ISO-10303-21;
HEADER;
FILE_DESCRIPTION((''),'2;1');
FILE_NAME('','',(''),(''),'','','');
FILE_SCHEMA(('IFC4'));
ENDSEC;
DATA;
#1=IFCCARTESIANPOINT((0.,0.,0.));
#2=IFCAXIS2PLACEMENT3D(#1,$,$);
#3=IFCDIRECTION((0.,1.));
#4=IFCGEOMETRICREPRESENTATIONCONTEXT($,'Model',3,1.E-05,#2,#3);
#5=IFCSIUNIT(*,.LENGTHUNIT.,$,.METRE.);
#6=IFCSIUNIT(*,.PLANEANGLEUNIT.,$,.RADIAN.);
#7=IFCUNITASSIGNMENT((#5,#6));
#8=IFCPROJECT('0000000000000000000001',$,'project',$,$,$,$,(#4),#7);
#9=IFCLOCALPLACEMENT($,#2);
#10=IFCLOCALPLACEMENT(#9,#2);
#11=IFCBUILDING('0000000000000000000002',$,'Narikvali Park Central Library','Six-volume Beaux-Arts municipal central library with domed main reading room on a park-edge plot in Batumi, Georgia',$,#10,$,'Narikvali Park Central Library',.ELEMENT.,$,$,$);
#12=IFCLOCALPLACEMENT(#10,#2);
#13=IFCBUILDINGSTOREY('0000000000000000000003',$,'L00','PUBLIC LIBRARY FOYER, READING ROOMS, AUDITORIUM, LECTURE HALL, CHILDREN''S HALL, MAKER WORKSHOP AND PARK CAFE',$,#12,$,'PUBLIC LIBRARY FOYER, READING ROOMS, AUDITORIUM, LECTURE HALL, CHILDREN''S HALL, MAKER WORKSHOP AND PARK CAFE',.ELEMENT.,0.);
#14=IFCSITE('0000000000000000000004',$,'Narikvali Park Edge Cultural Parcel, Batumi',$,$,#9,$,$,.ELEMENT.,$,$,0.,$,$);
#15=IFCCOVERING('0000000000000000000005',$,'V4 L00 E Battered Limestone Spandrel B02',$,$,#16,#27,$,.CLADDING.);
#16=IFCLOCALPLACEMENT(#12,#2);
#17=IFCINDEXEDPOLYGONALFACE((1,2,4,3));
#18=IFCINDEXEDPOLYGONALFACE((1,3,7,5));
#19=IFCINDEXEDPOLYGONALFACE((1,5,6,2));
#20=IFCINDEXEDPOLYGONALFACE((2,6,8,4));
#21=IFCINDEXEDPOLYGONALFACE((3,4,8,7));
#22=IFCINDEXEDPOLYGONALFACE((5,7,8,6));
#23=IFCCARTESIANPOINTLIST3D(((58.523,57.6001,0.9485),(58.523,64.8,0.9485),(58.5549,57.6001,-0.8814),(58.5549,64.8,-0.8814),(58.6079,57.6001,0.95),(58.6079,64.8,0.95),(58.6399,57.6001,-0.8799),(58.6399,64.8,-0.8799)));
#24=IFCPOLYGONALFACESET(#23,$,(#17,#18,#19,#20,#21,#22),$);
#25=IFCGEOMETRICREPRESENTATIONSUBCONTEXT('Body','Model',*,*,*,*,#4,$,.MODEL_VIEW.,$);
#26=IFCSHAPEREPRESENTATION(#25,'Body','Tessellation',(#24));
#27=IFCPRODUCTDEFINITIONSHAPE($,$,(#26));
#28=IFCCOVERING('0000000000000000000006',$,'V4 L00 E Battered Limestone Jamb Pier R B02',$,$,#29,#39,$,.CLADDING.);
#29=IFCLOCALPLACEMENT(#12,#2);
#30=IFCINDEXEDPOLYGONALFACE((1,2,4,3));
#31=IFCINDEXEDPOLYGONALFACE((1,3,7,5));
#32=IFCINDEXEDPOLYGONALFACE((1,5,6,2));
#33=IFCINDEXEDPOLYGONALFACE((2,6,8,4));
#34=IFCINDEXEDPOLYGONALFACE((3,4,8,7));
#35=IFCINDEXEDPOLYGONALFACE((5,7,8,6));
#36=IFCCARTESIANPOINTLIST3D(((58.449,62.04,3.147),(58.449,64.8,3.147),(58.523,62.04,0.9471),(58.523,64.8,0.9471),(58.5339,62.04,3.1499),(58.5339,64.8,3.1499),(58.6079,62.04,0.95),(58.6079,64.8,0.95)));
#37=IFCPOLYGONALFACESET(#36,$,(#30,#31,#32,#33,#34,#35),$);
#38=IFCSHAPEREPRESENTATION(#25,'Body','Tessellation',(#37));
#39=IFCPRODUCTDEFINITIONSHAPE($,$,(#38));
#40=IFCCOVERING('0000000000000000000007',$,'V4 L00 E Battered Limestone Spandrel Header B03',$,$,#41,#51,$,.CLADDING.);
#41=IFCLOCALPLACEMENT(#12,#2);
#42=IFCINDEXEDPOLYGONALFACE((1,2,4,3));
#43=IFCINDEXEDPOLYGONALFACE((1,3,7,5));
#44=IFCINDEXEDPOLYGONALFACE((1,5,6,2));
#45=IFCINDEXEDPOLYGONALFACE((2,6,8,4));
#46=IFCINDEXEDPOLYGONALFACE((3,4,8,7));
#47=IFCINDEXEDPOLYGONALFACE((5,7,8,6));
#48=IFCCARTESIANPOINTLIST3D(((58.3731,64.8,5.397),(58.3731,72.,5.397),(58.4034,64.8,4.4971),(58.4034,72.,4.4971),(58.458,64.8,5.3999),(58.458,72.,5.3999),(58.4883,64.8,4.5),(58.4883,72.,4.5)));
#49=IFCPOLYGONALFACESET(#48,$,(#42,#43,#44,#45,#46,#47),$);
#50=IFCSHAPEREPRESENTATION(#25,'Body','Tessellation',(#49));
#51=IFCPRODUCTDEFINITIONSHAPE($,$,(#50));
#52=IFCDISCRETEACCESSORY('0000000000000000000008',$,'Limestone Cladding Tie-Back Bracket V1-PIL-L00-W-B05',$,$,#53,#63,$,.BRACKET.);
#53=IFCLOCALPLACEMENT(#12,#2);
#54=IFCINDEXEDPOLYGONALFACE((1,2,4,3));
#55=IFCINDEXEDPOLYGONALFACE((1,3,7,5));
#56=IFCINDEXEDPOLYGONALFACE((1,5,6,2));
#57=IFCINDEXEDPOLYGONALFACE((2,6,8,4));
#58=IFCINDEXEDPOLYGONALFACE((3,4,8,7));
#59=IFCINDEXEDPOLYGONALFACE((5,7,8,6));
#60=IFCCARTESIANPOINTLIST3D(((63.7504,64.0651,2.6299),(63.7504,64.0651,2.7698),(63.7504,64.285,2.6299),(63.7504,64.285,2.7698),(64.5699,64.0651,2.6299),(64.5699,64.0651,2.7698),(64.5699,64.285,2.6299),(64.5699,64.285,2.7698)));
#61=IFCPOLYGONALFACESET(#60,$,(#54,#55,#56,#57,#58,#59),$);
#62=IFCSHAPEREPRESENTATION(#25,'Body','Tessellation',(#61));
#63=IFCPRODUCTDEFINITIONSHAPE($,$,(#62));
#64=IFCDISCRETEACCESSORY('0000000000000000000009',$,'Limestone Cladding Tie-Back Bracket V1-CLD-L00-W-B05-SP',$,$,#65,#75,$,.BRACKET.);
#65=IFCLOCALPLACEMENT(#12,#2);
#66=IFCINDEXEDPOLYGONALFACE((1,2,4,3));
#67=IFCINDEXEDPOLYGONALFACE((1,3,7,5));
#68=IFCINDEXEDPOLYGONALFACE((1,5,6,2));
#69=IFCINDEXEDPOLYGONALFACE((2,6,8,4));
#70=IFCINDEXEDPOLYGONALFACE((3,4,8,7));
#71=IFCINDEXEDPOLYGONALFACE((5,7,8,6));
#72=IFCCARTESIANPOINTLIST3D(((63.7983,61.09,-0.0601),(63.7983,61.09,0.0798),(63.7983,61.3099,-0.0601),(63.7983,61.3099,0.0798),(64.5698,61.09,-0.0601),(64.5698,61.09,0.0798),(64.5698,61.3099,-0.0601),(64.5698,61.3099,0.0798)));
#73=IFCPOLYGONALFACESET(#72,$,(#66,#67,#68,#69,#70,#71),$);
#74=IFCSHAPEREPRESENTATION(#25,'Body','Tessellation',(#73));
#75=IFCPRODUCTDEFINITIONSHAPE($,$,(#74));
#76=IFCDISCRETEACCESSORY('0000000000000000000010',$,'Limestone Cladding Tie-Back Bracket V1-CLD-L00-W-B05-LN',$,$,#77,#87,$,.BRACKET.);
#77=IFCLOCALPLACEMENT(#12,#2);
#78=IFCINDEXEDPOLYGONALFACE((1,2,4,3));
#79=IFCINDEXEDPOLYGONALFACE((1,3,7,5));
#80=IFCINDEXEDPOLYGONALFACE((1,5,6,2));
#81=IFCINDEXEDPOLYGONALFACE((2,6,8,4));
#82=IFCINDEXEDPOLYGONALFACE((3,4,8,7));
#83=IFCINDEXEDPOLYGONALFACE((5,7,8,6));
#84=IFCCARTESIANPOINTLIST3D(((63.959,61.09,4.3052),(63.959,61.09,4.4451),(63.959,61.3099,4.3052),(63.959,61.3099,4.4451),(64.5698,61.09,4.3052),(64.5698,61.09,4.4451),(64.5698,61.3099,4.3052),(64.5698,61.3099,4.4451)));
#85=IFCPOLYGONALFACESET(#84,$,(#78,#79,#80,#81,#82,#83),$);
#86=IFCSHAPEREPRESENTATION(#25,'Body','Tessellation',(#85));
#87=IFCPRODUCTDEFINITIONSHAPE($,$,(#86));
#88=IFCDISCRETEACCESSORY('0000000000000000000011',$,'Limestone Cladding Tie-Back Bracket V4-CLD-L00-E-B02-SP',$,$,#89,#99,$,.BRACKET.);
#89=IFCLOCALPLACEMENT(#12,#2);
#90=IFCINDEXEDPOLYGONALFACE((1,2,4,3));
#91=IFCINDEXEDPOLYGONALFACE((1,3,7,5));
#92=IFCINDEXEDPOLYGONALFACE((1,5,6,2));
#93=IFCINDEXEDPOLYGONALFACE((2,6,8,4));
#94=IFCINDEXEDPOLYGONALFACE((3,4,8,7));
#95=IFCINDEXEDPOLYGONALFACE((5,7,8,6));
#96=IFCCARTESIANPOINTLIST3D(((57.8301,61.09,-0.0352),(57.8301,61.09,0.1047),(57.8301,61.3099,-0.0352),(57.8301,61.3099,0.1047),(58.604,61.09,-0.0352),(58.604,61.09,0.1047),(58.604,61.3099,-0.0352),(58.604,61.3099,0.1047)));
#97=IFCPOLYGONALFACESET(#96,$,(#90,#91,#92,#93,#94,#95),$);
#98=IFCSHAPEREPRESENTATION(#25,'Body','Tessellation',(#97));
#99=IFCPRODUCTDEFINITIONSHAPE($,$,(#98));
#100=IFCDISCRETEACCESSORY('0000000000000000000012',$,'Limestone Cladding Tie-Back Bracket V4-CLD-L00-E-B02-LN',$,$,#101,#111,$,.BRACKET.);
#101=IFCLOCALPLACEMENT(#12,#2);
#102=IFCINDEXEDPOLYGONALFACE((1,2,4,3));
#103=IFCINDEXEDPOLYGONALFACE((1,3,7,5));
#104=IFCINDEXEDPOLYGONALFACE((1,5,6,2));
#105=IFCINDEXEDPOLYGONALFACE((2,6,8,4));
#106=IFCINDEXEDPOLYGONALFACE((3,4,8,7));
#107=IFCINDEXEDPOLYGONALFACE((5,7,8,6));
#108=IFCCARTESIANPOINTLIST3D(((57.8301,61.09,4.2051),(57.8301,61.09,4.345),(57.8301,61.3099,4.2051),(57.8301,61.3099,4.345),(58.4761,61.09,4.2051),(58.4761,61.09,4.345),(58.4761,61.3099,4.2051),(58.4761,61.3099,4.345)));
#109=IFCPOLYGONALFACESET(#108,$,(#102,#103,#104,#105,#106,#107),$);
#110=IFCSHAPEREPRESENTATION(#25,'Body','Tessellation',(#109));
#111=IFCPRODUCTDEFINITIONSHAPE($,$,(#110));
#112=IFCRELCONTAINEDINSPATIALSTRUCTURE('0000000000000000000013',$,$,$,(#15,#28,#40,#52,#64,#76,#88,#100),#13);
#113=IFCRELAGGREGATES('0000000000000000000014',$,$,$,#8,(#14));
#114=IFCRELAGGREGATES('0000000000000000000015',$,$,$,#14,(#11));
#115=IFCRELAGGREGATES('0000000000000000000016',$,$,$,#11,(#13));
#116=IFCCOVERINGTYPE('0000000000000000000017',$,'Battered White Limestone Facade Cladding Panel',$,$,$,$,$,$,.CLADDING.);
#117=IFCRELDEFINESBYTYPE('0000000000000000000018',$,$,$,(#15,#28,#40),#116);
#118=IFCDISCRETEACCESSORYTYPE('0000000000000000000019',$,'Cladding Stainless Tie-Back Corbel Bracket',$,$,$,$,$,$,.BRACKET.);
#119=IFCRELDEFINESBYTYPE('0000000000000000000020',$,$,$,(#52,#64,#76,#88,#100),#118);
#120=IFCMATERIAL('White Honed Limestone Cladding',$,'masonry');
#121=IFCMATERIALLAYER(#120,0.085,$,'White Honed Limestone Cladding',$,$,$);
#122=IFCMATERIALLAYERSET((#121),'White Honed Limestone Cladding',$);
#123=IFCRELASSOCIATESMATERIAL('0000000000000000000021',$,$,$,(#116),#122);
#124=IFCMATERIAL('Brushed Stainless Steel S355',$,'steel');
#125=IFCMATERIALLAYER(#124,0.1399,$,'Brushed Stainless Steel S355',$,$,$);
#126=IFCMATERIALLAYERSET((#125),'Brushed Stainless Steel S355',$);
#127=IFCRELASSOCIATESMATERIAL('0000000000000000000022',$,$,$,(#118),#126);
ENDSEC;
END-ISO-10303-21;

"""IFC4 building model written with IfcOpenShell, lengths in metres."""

from ifc_helpers import new_model, si_unit, direction, frame, origin, origin_2d, place, context, subcontext, project, spatial, polyline, rectangle, outline, extrude, material, layer, layer_set, type_object, element, save


model = new_model("IFC4")

# Units and contexts
model_context = context("Model", 3, precision=1e-05, world=origin(), true_north=direction((0.0, 1.0)))
body_context = subcontext(model_context, "Body", "Model", "MODEL_VIEW")
ifc_project = project(units=[si_unit("LENGTHUNIT", "METRE"), si_unit("PLANEANGLEUNIT", "RADIAN")], contexts=[model_context])

# Site, building, storey
site_placement = place(None, origin())
site = spatial("IfcSite", under=ifc_project, at=site_placement, Name="Narikvali Park Edge Cultural Parcel, Batumi", CompositionType="ELEMENT", RefElevation=0.0)
building_placement = place(site_placement, origin())
building = spatial("IfcBuilding", under=site, at=building_placement, Name="Narikvali Park Central Library", Description="Six-volume Beaux-Arts municipal central library with domed main reading room on a park-edge plot in Batumi, Georgia", LongName="Narikvali Park Central Library", CompositionType="ELEMENT")
storey_placement = place(building_placement, origin())
storey = spatial("IfcBuildingStorey", under=building, at=storey_placement, Name="L00", Description="PUBLIC LIBRARY FOYER, READING ROOMS, AUDITORIUM, LECTURE HALL, CHILDREN'S HALL, MAKER WORKSHOP AND PARK CAFE", LongName="PUBLIC LIBRARY FOYER, READING ROOMS, AUDITORIUM, LECTURE HALL, CHILDREN'S HALL, MAKER WORKSHOP AND PARK CAFE", CompositionType="ELEMENT", Elevation=0.0)

# Coverings
ifc_material_1 = material(Name="White Honed Limestone Cladding", Category="masonry")
ifc_layer_1 = layer(ifc_material_1, 0.085, Name="White Honed Limestone Cladding")
ifc_layer_set_1 = layer_set([ifc_layer_1], Name="White Honed Limestone Cladding")
covering_type = type_object("IfcCoveringType", Name="Battered White Limestone Facade Cladding Panel", PredefinedType="CLADDING", material=ifc_layer_set_1)
covering_1_placement = place(storey_placement, frame((58.6399, 57.6001, -0.8799), z_axis=(0.999847, 0.0, 0.017476), x_axis=(0.0, 1.0, 0.0)))
element("IfcCovering", 1, at=covering_1_placement, inside=storey, type_object=covering_type, Name="V4 L00 E Battered Limestone Spandrel B02", PredefinedType="CLADDING", context=body_context, shape_type="SweptSolid", body=[
    extrude(outline(polyline([(0.0, 0.0), (7.2, 0.0), (7.2, 1.8301), (0.0, 1.8301), (0.0, 0.0)])), origin(), (0.0, 0.0, -1.0), 0.085),
])
covering_2_placement = place(storey_placement, frame((58.6079, 62.04, 0.95), z_axis=(0.999435, 0.0, 0.033607), x_axis=(0.0, 1.0, 0.0)))
element("IfcCovering", 2, at=covering_2_placement, inside=storey, type_object=covering_type, Name="V4 L00 E Battered Limestone Jamb Pier R B02", PredefinedType="CLADDING", context=body_context, shape_type="SweptSolid", body=[
    extrude(outline(polyline([(0.0, 0.0), (2.76, 0.0), (2.76, 2.2012), (0.0, 2.2012), (0.0, 0.0)])), origin(), (0.0, 0.0, -1.0), 0.085),
])
covering_3_placement = place(storey_placement, frame((58.4883, 64.8, 4.5), z_axis=(0.999435, 0.0, 0.033622), x_axis=(0.0, 1.0, 0.0)))
element("IfcCovering", 3, at=covering_3_placement, inside=storey, type_object=covering_type, Name="V4 L00 E Battered Limestone Spandrel Header B03", PredefinedType="CLADDING", context=body_context, shape_type="SweptSolid", body=[
    extrude(outline(polyline([(0.0, 0.0), (7.2, 0.0), (7.2, 0.9004), (0.0, 0.9004), (0.0, 0.0)])), origin(), (0.0, 0.0, -1.0), 0.085),
])

# Discrete accessories
ifc_material_2 = material(Name="Brushed Stainless Steel S355", Category="steel")
ifc_layer_2 = layer(ifc_material_2, 0.1399, Name="Brushed Stainless Steel S355")
ifc_layer_set_2 = layer_set([ifc_layer_2], Name="Brushed Stainless Steel S355")
discrete_accessory_type = type_object("IfcDiscreteAccessoryType", Name="Cladding Stainless Tie-Back Corbel Bracket", PredefinedType="BRACKET", material=ifc_layer_set_2)
discrete_accessory_1_placement = place(storey_placement, frame((64.1602, 64.175, 2.6299), z_axis=(0.0, 0.0, 1.0), x_axis=(1.0, 0.0, 0.0)))
element("IfcDiscreteAccessory", 4, at=discrete_accessory_1_placement, inside=storey, type_object=discrete_accessory_type, Name="Limestone Cladding Tie-Back Bracket V1-PIL-L00-W-B05", PredefinedType="BRACKET", context=body_context, shape_type="SweptSolid", body=[
    extrude(rectangle(XDim=0.8196, YDim=0.22, at=origin_2d()), origin(), (0.0, 0.0, 1.0), 0.1399),
])
discrete_accessory_2_placement = place(storey_placement, frame((64.1841, 61.2, -0.0601), z_axis=(0.0, 0.0, 1.0), x_axis=(1.0, 0.0, 0.0)))
element("IfcDiscreteAccessory", 5, at=discrete_accessory_2_placement, inside=storey, type_object=discrete_accessory_type, Name="Limestone Cladding Tie-Back Bracket V1-CLD-L00-W-B05-SP", PredefinedType="BRACKET", context=body_context, shape_type="SweptSolid", body=[
    extrude(rectangle(XDim=0.7715, YDim=0.22, at=origin_2d()), origin(), (0.0, 0.0, 1.0), 0.1399),
])
discrete_accessory_3_placement = place(storey_placement, frame((64.2644, 61.2, 4.3052), z_axis=(0.0, 0.0, 1.0), x_axis=(1.0, 0.0, 0.0)))
element("IfcDiscreteAccessory", 6, at=discrete_accessory_3_placement, inside=storey, type_object=discrete_accessory_type, Name="Limestone Cladding Tie-Back Bracket V1-CLD-L00-W-B05-LN", PredefinedType="BRACKET", context=body_context, shape_type="SweptSolid", body=[
    extrude(rectangle(XDim=0.6108, YDim=0.22, at=origin_2d()), origin(), (0.0, 0.0, 1.0), 0.1399),
])
discrete_accessory_4_placement = place(storey_placement, frame((58.217, 61.2, -0.0352), z_axis=(0.0, 0.0, 1.0), x_axis=(1.0, 0.0, 0.0)))
element("IfcDiscreteAccessory", 7, at=discrete_accessory_4_placement, inside=storey, type_object=discrete_accessory_type, Name="Limestone Cladding Tie-Back Bracket V4-CLD-L00-E-B02-SP", PredefinedType="BRACKET", context=body_context, shape_type="SweptSolid", body=[
    extrude(rectangle(XDim=0.7739, YDim=0.22, at=origin_2d()), origin(), (0.0, 0.0, 1.0), 0.1399),
])
discrete_accessory_5_placement = place(storey_placement, frame((58.1531, 61.2, 4.2051), z_axis=(0.0, 0.0, 1.0), x_axis=(1.0, 0.0, 0.0)))
element("IfcDiscreteAccessory", 8, at=discrete_accessory_5_placement, inside=storey, type_object=discrete_accessory_type, Name="Limestone Cladding Tie-Back Bracket V4-CLD-L00-E-B02-LN", PredefinedType="BRACKET", context=body_context, shape_type="SweptSolid", body=[
    extrude(rectangle(XDim=0.646, YDim=0.22, at=origin_2d()), origin(), (0.0, 0.0, 1.0), 0.1399),
])

save(model, "model.ifc")
